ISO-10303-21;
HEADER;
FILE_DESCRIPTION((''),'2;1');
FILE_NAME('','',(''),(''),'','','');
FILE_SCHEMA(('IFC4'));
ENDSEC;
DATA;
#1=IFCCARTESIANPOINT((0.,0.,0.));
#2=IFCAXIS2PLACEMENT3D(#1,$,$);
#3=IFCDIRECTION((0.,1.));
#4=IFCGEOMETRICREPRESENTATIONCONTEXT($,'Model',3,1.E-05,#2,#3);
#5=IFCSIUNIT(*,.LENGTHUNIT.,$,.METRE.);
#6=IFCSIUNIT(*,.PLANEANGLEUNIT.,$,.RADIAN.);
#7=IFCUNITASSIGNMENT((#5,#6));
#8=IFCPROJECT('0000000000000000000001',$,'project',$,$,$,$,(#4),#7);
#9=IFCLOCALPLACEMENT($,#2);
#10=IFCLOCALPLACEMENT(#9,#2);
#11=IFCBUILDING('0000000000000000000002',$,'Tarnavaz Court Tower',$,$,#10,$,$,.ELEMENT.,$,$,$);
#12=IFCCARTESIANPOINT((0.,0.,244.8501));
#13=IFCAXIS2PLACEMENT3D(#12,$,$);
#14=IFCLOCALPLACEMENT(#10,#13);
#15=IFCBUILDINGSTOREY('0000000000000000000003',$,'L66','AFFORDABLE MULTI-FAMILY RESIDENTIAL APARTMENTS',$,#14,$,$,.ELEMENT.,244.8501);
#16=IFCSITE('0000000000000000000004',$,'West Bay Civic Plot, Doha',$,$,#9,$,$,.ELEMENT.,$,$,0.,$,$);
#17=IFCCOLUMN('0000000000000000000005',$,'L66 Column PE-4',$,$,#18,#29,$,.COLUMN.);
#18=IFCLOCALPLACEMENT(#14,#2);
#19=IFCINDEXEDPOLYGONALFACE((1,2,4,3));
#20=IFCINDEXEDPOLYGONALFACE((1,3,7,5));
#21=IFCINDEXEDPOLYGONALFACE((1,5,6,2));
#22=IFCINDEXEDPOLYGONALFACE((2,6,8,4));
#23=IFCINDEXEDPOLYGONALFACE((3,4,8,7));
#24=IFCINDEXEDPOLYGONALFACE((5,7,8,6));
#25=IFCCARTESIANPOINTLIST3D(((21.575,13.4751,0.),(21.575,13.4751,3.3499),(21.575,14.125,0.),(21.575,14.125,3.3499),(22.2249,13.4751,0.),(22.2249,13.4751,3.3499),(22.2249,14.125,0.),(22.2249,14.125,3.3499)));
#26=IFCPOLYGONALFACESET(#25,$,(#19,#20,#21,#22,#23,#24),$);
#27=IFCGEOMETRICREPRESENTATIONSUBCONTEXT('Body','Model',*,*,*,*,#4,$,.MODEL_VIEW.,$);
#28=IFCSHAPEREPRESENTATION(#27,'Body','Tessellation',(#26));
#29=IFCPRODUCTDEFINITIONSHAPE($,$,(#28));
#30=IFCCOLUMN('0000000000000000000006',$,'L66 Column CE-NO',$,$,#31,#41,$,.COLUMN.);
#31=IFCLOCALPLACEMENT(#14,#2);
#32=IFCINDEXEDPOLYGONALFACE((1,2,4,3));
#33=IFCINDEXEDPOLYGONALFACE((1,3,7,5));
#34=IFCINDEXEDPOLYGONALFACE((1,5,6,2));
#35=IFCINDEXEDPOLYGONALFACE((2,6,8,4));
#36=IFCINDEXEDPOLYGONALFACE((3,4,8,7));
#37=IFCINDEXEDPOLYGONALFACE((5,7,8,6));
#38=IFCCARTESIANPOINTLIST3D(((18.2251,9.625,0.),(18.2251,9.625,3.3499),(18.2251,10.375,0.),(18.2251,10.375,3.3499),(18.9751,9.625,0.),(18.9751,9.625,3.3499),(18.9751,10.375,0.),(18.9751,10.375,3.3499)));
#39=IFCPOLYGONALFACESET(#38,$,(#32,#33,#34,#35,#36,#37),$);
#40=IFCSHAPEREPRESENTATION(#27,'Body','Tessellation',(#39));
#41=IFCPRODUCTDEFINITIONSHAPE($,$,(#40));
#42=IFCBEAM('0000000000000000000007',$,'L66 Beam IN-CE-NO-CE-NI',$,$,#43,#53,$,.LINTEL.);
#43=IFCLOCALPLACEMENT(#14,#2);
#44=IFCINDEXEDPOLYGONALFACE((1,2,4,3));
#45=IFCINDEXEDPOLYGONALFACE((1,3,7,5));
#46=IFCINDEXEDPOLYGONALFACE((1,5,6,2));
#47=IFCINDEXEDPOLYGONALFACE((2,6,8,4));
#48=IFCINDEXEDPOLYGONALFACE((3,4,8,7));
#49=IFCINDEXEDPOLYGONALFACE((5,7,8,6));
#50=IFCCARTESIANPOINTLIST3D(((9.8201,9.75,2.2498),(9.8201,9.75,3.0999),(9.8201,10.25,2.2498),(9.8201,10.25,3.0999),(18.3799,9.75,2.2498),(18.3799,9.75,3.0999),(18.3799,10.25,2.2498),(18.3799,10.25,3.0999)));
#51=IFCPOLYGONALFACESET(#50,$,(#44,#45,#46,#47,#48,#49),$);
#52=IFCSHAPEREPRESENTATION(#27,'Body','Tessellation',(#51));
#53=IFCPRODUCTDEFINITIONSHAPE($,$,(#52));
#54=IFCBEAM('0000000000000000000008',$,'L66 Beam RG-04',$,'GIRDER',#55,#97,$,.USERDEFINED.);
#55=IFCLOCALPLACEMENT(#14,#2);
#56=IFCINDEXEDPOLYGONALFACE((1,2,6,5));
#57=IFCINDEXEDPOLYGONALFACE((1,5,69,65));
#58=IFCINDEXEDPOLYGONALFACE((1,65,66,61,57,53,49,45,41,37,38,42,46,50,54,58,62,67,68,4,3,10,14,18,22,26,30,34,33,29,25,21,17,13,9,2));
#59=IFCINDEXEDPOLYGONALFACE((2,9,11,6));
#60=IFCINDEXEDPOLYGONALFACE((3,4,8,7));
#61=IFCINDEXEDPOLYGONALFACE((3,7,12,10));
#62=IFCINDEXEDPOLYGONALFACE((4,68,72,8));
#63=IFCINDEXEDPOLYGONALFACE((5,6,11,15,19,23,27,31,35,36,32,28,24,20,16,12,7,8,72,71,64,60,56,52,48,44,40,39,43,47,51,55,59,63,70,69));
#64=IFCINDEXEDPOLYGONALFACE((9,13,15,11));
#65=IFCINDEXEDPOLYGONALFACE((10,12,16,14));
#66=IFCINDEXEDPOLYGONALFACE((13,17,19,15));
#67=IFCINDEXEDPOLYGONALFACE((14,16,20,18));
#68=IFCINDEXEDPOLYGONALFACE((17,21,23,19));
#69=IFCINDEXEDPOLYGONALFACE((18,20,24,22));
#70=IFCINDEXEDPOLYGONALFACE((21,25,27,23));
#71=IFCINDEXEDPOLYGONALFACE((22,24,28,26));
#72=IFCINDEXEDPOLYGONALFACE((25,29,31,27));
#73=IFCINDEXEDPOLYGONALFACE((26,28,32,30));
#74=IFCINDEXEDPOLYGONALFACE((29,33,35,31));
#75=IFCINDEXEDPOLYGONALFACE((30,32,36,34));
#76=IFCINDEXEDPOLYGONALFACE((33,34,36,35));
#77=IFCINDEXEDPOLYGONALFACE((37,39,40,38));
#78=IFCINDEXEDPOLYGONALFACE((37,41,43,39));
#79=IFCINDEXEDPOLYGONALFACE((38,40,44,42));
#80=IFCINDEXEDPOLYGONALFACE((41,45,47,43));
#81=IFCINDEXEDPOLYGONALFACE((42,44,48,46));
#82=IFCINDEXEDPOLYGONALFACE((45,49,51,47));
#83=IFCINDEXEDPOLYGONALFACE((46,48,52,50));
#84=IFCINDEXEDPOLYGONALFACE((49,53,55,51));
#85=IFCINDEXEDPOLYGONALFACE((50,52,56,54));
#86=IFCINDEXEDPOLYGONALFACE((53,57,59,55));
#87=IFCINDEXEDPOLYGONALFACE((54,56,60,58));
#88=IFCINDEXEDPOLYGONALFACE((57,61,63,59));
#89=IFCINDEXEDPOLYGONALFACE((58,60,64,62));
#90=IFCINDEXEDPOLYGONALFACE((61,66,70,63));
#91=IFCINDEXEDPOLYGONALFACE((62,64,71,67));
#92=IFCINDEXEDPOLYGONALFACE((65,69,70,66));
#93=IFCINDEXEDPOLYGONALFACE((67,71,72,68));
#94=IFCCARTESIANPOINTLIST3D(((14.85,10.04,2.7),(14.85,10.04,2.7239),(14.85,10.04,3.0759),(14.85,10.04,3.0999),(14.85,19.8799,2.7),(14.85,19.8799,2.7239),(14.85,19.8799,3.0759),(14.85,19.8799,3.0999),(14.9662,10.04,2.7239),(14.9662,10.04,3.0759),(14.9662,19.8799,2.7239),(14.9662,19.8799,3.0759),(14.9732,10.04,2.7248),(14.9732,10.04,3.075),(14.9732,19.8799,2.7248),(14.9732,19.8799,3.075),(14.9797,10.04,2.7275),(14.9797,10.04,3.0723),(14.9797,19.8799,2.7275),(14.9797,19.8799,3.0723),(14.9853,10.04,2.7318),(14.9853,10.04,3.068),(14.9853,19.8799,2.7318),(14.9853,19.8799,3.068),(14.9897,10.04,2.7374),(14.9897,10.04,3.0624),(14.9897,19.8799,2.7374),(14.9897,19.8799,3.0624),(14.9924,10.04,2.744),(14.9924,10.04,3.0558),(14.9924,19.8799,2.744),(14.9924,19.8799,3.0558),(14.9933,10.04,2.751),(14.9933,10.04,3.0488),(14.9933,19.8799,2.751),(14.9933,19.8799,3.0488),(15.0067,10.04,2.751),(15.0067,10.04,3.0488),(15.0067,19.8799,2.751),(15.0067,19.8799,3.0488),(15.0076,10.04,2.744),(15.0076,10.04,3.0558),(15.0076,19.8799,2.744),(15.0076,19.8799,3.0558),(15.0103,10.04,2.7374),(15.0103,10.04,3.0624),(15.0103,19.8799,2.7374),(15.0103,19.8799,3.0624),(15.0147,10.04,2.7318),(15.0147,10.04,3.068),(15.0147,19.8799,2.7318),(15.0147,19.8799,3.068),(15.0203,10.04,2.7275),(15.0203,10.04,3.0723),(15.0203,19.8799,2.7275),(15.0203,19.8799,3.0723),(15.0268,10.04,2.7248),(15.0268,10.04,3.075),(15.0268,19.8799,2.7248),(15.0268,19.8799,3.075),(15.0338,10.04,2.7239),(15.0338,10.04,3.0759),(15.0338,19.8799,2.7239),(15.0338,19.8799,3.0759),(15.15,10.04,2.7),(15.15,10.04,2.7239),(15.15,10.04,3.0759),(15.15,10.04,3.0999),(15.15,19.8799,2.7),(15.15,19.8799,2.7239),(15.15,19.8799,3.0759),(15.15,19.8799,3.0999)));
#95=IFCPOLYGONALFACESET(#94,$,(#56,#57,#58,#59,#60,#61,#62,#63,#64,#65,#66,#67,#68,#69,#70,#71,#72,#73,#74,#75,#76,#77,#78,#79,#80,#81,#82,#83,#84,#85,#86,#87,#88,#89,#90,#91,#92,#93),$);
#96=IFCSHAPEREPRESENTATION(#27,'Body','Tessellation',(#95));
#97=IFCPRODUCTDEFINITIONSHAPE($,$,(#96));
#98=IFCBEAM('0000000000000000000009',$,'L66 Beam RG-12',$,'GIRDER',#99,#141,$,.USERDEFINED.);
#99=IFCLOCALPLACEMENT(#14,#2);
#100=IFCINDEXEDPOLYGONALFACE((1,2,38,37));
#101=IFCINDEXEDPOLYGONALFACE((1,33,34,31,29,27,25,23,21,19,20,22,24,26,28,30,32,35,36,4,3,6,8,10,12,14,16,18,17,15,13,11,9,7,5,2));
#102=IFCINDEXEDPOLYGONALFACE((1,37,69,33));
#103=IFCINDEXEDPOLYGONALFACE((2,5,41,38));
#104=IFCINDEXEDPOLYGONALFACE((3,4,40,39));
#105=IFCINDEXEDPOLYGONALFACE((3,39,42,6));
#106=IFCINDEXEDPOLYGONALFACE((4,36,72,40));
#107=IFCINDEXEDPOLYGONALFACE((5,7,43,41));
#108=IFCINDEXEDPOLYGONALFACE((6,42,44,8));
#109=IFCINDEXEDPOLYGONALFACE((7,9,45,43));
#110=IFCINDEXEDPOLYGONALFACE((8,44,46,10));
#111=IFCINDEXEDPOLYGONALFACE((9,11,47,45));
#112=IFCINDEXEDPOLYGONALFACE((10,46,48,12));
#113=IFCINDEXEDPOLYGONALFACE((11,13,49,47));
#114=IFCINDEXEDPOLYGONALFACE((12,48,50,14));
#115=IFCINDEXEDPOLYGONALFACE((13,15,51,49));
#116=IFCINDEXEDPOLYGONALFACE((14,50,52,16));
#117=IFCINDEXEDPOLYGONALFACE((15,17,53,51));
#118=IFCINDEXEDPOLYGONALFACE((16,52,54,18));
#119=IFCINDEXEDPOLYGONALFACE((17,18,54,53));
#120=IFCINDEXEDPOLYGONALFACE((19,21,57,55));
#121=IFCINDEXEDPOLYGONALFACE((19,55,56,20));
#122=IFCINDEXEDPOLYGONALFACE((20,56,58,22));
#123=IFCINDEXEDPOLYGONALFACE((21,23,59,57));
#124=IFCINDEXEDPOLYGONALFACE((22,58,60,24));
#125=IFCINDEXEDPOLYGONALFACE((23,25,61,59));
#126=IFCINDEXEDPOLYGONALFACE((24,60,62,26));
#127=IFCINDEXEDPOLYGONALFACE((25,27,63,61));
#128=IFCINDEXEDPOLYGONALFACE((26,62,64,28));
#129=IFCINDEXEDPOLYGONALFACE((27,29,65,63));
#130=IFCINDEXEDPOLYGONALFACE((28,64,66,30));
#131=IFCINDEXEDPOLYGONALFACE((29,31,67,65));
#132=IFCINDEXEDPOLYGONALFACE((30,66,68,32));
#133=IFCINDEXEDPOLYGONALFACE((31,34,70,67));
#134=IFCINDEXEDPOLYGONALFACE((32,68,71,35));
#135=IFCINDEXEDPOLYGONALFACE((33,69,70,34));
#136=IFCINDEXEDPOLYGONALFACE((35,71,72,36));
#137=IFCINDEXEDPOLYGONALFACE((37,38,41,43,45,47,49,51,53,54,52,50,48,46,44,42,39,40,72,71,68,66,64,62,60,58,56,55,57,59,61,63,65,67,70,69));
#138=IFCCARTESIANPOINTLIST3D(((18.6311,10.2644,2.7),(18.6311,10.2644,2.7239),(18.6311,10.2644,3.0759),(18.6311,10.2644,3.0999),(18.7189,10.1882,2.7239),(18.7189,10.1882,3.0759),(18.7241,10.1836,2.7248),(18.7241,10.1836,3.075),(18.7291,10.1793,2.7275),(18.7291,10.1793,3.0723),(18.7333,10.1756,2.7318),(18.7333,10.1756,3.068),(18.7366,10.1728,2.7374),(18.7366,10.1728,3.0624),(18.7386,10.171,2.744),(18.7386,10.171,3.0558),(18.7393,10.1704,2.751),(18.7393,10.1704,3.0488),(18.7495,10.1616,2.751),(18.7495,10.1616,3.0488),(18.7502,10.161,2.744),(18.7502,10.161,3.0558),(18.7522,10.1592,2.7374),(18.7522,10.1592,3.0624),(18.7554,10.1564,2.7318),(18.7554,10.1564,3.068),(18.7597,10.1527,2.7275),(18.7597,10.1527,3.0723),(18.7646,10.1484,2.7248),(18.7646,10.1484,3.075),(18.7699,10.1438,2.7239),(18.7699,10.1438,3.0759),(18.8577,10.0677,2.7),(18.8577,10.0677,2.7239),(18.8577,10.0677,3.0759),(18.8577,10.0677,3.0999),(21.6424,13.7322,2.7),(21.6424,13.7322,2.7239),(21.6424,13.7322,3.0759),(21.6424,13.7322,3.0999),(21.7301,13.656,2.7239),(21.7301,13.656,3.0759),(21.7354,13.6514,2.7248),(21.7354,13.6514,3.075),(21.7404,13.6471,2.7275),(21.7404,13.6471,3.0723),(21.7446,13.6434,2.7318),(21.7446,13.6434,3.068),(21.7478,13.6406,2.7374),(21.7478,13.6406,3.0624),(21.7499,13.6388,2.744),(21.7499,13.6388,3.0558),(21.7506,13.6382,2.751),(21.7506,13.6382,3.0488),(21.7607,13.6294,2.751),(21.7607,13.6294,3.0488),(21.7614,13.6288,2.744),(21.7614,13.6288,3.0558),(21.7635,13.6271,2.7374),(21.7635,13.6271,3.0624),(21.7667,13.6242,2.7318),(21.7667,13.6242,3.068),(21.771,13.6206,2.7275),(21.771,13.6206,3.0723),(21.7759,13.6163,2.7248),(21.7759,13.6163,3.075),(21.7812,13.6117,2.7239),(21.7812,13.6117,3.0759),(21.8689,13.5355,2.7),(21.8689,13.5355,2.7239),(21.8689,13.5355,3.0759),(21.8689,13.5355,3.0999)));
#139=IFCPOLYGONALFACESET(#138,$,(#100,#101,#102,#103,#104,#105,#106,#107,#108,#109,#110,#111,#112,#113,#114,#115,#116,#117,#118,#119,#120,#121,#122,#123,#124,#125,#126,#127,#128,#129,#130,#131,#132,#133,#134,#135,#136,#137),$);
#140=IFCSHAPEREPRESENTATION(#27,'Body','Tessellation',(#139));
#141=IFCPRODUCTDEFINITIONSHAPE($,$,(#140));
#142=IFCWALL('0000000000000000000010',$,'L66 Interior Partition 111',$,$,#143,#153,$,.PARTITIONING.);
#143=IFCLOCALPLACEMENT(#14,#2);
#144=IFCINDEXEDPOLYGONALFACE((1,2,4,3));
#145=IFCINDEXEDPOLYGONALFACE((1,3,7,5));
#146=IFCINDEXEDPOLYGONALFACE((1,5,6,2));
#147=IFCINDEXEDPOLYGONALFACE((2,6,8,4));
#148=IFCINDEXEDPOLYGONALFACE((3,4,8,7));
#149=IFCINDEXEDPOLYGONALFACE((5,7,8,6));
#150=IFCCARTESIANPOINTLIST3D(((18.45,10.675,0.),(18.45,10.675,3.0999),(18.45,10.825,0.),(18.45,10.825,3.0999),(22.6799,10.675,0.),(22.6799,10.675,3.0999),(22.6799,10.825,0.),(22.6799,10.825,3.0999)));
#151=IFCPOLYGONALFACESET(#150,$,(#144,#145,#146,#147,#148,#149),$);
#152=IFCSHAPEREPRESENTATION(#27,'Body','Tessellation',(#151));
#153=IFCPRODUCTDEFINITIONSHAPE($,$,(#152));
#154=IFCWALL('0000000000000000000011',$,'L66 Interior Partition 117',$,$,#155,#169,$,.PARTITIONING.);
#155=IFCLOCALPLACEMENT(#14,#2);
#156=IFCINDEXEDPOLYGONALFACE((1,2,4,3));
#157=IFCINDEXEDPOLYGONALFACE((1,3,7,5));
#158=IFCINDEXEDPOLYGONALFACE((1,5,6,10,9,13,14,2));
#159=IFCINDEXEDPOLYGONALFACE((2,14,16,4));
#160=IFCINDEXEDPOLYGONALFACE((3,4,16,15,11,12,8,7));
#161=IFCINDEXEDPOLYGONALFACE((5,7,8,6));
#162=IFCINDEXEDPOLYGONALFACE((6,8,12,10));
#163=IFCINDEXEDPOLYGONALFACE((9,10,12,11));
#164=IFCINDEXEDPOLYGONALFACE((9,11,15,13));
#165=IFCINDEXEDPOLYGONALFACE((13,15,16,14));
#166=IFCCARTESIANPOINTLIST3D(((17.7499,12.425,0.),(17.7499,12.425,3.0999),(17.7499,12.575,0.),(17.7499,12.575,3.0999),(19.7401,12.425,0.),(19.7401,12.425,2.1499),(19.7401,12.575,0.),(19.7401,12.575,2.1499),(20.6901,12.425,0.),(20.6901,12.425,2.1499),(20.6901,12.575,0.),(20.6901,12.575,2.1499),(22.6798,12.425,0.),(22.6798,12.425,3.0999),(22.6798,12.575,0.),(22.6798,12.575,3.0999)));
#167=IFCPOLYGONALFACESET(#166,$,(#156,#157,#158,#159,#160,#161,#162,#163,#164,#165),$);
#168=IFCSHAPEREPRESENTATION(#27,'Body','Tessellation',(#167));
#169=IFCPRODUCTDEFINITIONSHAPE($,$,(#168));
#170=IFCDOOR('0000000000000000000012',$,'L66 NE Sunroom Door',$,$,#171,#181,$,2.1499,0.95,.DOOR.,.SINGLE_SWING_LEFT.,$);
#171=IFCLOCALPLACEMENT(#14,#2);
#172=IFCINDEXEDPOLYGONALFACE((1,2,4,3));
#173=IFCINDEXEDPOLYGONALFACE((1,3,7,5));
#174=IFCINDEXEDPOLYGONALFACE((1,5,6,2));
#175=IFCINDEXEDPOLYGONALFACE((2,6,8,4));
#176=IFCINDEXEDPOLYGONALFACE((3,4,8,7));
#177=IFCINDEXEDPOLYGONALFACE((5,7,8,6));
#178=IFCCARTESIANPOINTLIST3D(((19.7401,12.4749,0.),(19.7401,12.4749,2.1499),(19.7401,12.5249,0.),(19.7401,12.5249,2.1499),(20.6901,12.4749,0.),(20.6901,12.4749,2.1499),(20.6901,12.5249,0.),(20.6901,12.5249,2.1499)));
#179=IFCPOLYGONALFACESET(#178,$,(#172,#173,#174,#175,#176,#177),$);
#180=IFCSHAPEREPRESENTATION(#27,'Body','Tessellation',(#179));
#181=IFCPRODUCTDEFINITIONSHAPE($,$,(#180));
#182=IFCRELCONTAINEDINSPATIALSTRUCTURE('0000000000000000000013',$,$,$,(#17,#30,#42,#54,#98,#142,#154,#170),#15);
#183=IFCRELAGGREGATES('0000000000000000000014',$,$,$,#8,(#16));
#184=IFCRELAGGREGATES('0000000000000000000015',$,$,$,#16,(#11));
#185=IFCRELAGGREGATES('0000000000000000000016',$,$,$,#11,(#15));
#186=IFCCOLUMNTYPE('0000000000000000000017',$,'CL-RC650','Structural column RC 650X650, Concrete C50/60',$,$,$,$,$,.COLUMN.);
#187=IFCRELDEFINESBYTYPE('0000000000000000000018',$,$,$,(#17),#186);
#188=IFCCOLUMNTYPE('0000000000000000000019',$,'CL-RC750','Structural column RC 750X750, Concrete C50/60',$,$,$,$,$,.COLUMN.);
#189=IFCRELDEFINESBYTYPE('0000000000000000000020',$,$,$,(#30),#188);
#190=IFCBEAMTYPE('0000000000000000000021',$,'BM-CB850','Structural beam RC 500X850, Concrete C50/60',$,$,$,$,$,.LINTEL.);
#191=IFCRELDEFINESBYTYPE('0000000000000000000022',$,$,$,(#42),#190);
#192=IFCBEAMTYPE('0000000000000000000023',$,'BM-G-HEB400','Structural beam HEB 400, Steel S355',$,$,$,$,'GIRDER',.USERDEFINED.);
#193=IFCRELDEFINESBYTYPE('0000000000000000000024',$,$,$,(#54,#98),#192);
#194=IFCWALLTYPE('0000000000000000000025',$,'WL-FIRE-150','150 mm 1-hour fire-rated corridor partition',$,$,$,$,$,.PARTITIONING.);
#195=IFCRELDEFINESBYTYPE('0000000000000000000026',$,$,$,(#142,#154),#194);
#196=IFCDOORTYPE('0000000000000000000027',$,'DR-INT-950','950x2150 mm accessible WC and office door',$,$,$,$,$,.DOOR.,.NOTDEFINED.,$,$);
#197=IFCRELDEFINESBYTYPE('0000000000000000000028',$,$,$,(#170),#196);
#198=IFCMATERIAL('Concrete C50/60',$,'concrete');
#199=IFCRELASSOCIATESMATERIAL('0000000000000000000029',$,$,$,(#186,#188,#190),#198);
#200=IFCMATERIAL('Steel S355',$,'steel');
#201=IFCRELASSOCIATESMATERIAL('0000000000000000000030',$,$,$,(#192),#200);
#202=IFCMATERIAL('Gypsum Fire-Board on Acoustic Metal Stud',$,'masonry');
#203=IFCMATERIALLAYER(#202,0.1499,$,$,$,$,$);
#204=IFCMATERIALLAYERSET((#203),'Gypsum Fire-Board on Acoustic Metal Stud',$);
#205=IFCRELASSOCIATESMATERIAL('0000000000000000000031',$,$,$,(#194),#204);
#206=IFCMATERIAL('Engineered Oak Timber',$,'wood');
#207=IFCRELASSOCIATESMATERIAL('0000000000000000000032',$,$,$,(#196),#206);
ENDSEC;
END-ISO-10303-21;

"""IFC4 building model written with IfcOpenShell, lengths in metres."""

from ifc_helpers import new_model, si_unit, direction, frame, frame_2d, origin, origin_2d, place, context, subcontext, project, spatial, rectangle, i_section, extrude, material, layer, layer_set, material_profile, profile_set, type_object, element, fill, save


model = new_model("IFC4")

# Units and contexts
model_context = context("Model", 3, precision=1e-05, world=origin(), true_north=direction((0.0, 1.0)))
body_context = subcontext(model_context, "Body", "Model", "MODEL_VIEW")
ifc_project = project(units=[si_unit("LENGTHUNIT", "METRE"), si_unit("PLANEANGLEUNIT", "RADIAN")], contexts=[model_context])

# Site, building, storey
site_placement = place(None, origin())
site = spatial("IfcSite", under=ifc_project, at=site_placement, Name="West Bay Civic Plot, Doha", CompositionType="ELEMENT", RefElevation=0.0)
building_placement = place(site_placement, origin())
building = spatial("IfcBuilding", under=site, at=building_placement, Name="Tarnavaz Court Tower", CompositionType="ELEMENT")
storey_placement = place(building_placement, frame((0.0, 0.0, 244.8501)))
storey = spatial("IfcBuildingStorey", under=building, at=storey_placement, Name="L66", Description="AFFORDABLE MULTI-FAMILY RESIDENTIAL APARTMENTS", CompositionType="ELEMENT", Elevation=244.8501)

# Columns
ifc_material_1 = material(Name="Concrete C50/60", Category="concrete")
ifc_material_profile_1 = material_profile(ifc_material_1, rectangle(XDim=0.6499, YDim=0.6499, at=origin_2d()), Name="RC 650X650")
ifc_profile_set_1 = profile_set([ifc_material_profile_1], Name="Concrete C50/60")
column_type_1 = type_object("IfcColumnType", Name="CL-RC650", Description="Structural column RC 650X650, Concrete C50/60", PredefinedType="COLUMN", material=ifc_profile_set_1)
column_1_placement = place(storey_placement, frame((21.8999, 13.8, 0.0), z_axis=(0.0, 0.0, 1.0), x_axis=(1.0, 0.0, 0.0)))
element("IfcColumn", 1, at=column_1_placement, inside=storey, type_object=column_type_1, Name="L66 Column PE-4", PredefinedType="COLUMN", context=body_context, shape_type="SweptSolid", body=[
    extrude(rectangle(XDim=0.6499, YDim=0.6499, at=origin_2d()), origin(), (0.0, 0.0, 1.0), 3.3499),
])
ifc_material_profile_2 = material_profile(ifc_material_1, rectangle(XDim=0.75, YDim=0.75, at=origin_2d()), Name="RC 750X750")
ifc_profile_set_2 = profile_set([ifc_material_profile_2], Name="Concrete C50/60")
column_type_2 = type_object("IfcColumnType", Name="CL-RC750", Description="Structural column RC 750X750, Concrete C50/60", PredefinedType="COLUMN", material=ifc_profile_set_2)
column_2_placement = place(storey_placement, frame((18.6001, 10.0, 0.0), z_axis=(0.0, 0.0, 1.0), x_axis=(1.0, 0.0, 0.0)))
element("IfcColumn", 2, at=column_2_placement, inside=storey, type_object=column_type_2, Name="L66 Column CE-NO", PredefinedType="COLUMN", context=body_context, shape_type="SweptSolid", body=[
    extrude(rectangle(XDim=0.75, YDim=0.75, at=origin_2d()), origin(), (0.0, 0.0, 1.0), 3.3499),
])

# Beams
ifc_material_profile_3 = material_profile(ifc_material_1, rectangle(XDim=0.5, YDim=0.8501, at=origin_2d()), Name="RC 500X850")
ifc_profile_set_3 = profile_set([ifc_material_profile_3], Name="Concrete C50/60")
beam_type_1 = type_object("IfcBeamType", Name="BM-CB850", Description="Structural beam RC 500X850, Concrete C50/60", PredefinedType="LINTEL", material=ifc_profile_set_3)
beam_1_placement = place(storey_placement, frame((18.3799, 10.0, 2.6748), z_axis=(-1.0, 0.0, 0.0), x_axis=(0.0, -1.0, 0.0)))
element("IfcBeam", 3, at=beam_1_placement, inside=storey, type_object=beam_type_1, Name="L66 Beam IN-CE-NO-CE-NI", PredefinedType="LINTEL", context=body_context, shape_type="SweptSolid", body=[
    extrude(rectangle(XDim=0.5, YDim=0.8501, at=origin_2d()), origin(), (0.0, 0.0, 1.0), 8.5598),
])
ifc_material_2 = material(Name="Steel S355", Category="steel")
ifc_material_profile_4 = material_profile(ifc_material_2, i_section(OverallWidth=0.3, OverallDepth=0.3999, WebThickness=0.0134, FlangeThickness=0.0239, FilletRadius=0.0271, at=origin_2d()), Name="HEB 400")
ifc_profile_set_4 = profile_set([ifc_material_profile_4], Name="Steel S355")
beam_type_2 = type_object("IfcBeamType", Name="BM-G-HEB400", Description="Structural beam HEB 400, Steel S355", ElementType="GIRDER", PredefinedType="USERDEFINED", material=ifc_profile_set_4)
beam_2_placement = place(storey_placement, frame((15.0, 10.04, 2.8999), z_axis=(0.0, 1.0, 0.0), x_axis=(-1.0, 0.0, 0.0)))
element("IfcBeam", 4, at=beam_2_placement, inside=storey, type_object=beam_type_2, Name="L66 Beam RG-04", ObjectType="GIRDER", PredefinedType="USERDEFINED", context=body_context, shape_type="SweptSolid", body=[
    extrude(i_section(OverallWidth=0.3, OverallDepth=0.3999, WebThickness=0.0134, FlangeThickness=0.0239, FilletRadius=0.0271, at=origin_2d()), origin(), (0.0, 0.0, 1.0), 9.8398),
])
beam_3_placement = place(storey_placement, frame((18.7444, 10.166, 2.8999), z_axis=(0.655655, 0.755061, 0.0), x_axis=(-0.755061, 0.655655, 0.0)))
element("IfcBeam", 5, at=beam_3_placement, inside=storey, type_object=beam_type_2, Name="L66 Beam RG-12", ObjectType="GIRDER", PredefinedType="USERDEFINED", context=body_context, shape_type="SweptSolid", body=[
    extrude(i_section(OverallWidth=0.3, OverallDepth=0.3999, WebThickness=0.0134, FlangeThickness=0.0239, FilletRadius=0.0271, at=origin_2d()), origin(), (0.0, 0.0, 1.0), 4.5928),
])

# Wall
ifc_material_3 = material(Name="Gypsum Fire-Board on Acoustic Metal Stud", Category="masonry")
ifc_layer_1 = layer(ifc_material_3, 0.1499)
ifc_layer_set_1 = layer_set([ifc_layer_1], Name="Gypsum Fire-Board on Acoustic Metal Stud")
wall_type_1 = type_object("IfcWallType", Name="WL-FIRE-150", Description="150 mm 1-hour fire-rated corridor partition", PredefinedType="PARTITIONING", material=ifc_layer_set_1)
wall_1_placement = place(storey_placement, frame((18.45, 10.75, 0.0), z_axis=(0.0, 0.0, 1.0), x_axis=(1.0, 0.0, 0.0)))
element("IfcWall", 6, at=wall_1_placement, inside=storey, type_object=wall_type_1, Name="L66 Interior Partition 111", PredefinedType="PARTITIONING", context=body_context, shape_type="SweptSolid", body=[
    extrude(rectangle(XDim=4.23, YDim=0.1499, at=frame_2d((2.115, 0.0))), origin(), (0.0, 0.0, 1.0), 3.0999),
])

# Wall, opening, door
wall_2_placement = place(storey_placement, frame((17.75, 12.5, 0.0), z_axis=(0.0, 0.0, 1.0), x_axis=(1.0, 0.0, 0.0)))
wall_2 = element("IfcWall", 7, at=wall_2_placement, inside=storey, type_object=wall_type_1, Name="L66 Interior Partition 117", PredefinedType="PARTITIONING", context=body_context, shape_type="SweptSolid", body=[
    extrude(rectangle(XDim=4.9299, YDim=0.1499, at=frame_2d((2.4648, 0.0))), origin(), (0.0, 0.0, 1.0), 3.0999),
])
opening_1_placement = place(wall_2_placement, frame((1.99, 0.0, 0.0)))
opening_1 = element("IfcOpeningElement", 8, at=opening_1_placement, cuts=wall_2, PredefinedType="OPENING", context=body_context, shape_type="SweptSolid", body=[
    extrude(rectangle(XDim=0.95, YDim=2.1499, at=frame_2d((0.4751, 1.075))), frame((0.0, 0.085, 0.0), z_axis=(0.0, -1.0, 0.0), x_axis=(1.0, 0.0, 0.0)), (0.0, 0.0, 1.0), 0.1699),
])
ifc_material_4 = material(Name="Engineered Oak Timber", Category="wood")
door_type_1 = type_object("IfcDoorType", Name="DR-INT-950", Description="950x2150 mm accessible WC and office door", OperationType="NOTDEFINED", PredefinedType="DOOR", material=ifc_material_4)
door_1_placement = place(opening_1_placement, origin())
door_1 = element("IfcDoor", 9, at=door_1_placement, inside=storey, type_object=door_type_1, Name="L66 NE Sunroom Door", OperationType="SINGLE_SWING_LEFT", OverallHeight=2.1499, OverallWidth=0.95, PredefinedType="DOOR", context=body_context, shape_type="SweptSolid", body=[
    extrude(rectangle(XDim=0.95, YDim=2.1499, at=frame_2d((0.4751, 1.075))), frame((0.0, 0.0249, 0.0), z_axis=(0.0, -1.0, 0.0), x_axis=(1.0, 0.0, 0.0)), (0.0, 0.0, 1.0), 0.05),
])
fill(opening_1, door_1)

save(model, "model.ifc")
